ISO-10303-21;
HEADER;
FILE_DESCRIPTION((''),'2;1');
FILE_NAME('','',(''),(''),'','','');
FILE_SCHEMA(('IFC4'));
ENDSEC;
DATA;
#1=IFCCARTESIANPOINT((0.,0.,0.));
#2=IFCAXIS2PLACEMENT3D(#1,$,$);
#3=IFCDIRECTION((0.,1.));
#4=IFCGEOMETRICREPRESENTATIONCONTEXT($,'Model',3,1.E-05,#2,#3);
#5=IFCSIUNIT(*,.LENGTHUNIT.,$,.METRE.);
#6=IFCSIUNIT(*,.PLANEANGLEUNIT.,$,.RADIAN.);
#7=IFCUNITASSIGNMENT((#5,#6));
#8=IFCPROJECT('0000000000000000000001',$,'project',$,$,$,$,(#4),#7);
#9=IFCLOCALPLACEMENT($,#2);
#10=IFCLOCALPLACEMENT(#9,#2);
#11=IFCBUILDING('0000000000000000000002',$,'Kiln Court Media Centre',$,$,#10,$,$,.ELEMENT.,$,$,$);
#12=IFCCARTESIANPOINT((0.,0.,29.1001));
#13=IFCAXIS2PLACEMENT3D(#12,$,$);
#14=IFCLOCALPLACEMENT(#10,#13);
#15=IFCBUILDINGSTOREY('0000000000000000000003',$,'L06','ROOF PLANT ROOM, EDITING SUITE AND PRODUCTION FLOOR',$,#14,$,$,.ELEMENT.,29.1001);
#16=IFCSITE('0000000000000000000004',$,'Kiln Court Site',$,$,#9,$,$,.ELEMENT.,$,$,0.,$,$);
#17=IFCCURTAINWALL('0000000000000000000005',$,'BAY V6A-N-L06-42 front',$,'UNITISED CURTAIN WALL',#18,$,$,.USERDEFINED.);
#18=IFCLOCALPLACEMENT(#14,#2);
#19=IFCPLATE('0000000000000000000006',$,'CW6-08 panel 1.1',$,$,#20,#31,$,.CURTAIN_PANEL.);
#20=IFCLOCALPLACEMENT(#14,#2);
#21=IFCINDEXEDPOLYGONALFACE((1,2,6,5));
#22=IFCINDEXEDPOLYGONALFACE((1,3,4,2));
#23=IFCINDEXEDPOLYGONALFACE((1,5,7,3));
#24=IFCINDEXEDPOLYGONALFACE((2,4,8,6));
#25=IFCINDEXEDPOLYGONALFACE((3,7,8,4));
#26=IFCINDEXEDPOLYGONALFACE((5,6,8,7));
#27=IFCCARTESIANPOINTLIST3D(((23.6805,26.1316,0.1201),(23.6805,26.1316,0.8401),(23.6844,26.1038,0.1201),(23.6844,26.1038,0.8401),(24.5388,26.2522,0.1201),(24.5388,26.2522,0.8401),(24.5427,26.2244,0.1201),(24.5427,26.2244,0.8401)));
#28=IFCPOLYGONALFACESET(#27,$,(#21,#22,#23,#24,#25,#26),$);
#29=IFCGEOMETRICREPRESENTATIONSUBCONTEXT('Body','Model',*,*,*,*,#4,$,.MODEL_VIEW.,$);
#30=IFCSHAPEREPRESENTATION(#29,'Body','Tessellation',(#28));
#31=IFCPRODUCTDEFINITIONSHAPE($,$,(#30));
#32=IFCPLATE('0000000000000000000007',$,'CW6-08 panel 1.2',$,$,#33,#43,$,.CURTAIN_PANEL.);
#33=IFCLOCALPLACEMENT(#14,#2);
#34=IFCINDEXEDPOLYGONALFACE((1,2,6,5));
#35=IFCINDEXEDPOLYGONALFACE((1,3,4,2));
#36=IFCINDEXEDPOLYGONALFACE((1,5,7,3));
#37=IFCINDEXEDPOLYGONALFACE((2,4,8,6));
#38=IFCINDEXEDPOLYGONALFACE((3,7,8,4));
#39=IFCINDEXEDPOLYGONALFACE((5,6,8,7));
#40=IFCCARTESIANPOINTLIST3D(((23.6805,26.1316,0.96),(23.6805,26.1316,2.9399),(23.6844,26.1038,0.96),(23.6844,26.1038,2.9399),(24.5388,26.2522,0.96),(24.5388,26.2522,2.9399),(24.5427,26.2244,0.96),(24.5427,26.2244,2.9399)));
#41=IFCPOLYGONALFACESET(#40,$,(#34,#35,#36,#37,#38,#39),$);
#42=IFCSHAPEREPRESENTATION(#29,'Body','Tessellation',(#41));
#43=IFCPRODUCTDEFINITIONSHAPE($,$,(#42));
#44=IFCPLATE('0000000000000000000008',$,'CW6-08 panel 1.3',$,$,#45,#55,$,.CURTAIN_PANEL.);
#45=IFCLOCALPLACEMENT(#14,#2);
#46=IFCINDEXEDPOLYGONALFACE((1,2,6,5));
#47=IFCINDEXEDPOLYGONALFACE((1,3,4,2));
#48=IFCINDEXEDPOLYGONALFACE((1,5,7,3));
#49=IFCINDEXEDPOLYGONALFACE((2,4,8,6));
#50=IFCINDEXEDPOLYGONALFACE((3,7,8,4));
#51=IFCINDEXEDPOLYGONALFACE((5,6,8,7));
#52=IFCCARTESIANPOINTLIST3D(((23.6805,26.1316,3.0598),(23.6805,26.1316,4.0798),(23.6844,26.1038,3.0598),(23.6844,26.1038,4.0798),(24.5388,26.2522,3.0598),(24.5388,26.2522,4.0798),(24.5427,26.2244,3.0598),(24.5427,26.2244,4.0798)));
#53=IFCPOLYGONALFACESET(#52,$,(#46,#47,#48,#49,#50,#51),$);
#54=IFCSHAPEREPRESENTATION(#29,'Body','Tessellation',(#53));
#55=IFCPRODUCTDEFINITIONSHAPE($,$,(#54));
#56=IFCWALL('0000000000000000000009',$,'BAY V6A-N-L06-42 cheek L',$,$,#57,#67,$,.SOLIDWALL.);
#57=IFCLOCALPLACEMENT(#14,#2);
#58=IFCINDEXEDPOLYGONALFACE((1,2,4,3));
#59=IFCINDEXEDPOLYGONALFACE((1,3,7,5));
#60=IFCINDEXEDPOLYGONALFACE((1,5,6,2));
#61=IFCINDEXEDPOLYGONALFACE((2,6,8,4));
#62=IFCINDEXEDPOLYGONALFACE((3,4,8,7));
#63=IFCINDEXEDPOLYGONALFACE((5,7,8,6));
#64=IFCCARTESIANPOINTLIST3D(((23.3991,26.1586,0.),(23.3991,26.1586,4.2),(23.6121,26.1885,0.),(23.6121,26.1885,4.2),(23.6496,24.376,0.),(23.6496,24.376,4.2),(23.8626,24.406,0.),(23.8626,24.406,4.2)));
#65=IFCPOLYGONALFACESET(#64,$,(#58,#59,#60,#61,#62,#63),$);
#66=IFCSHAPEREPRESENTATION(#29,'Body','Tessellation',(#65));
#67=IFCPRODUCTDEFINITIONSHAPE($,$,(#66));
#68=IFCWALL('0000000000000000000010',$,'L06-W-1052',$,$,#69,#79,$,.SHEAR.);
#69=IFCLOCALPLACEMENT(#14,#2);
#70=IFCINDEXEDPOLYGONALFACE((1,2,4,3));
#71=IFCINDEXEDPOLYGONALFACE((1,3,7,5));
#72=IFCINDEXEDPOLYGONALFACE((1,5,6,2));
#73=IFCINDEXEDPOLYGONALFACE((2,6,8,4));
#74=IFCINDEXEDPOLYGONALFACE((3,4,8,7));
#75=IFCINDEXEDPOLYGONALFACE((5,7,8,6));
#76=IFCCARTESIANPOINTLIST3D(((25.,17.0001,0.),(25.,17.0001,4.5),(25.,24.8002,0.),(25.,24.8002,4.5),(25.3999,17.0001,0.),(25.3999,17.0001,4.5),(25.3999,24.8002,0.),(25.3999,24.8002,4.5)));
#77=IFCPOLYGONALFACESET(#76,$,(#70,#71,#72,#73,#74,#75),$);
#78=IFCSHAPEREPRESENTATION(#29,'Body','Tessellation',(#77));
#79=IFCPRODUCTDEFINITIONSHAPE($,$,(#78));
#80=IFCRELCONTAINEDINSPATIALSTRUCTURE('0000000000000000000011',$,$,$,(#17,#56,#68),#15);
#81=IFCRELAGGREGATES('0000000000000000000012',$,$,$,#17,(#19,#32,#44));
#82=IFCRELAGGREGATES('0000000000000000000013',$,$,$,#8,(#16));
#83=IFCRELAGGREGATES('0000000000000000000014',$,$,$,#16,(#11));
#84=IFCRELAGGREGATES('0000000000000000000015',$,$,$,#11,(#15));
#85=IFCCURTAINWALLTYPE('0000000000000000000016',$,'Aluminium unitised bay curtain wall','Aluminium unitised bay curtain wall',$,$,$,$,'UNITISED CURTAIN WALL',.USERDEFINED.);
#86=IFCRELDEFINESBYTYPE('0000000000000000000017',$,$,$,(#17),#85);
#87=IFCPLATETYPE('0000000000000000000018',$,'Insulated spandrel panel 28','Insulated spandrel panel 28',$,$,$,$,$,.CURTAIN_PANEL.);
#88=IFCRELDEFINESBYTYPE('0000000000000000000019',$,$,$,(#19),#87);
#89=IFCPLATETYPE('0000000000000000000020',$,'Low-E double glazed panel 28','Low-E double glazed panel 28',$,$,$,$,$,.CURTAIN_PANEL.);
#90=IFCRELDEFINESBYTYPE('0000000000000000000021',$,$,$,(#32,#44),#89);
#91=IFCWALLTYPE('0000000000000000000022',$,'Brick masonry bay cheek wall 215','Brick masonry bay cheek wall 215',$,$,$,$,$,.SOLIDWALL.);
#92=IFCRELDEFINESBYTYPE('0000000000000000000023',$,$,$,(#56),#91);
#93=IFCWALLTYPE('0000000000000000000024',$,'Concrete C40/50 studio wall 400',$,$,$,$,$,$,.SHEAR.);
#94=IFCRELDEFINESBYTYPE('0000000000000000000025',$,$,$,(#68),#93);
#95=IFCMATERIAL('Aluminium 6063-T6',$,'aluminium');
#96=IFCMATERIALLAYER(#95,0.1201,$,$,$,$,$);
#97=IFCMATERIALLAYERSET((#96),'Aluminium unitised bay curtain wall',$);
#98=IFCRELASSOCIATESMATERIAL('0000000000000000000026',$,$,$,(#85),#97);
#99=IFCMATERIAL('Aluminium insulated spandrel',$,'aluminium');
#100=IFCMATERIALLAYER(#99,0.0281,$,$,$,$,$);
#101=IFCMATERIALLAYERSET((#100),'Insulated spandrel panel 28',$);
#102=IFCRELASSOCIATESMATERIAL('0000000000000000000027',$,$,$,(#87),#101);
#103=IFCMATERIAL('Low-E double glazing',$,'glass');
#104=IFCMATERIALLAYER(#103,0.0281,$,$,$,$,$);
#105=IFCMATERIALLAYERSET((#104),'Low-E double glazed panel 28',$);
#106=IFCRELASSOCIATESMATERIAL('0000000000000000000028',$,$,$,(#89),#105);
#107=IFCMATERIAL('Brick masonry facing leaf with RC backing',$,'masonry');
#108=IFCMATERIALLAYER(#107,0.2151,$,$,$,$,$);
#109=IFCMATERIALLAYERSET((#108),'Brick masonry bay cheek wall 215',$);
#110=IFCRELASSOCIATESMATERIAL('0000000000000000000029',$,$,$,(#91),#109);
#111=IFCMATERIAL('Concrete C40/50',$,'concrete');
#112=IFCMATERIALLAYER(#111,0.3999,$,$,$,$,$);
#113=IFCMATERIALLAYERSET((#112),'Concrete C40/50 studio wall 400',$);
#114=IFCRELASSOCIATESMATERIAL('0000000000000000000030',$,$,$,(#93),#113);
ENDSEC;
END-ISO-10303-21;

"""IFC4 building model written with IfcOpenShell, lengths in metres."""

from ifc_helpers import new_model, si_unit, direction, frame, frame_2d, origin, origin_2d, place, context, subcontext, project, spatial, rectangle, extrude, material, layer, layer_set, type_object, element, aggregate, save


model = new_model("IFC4")

# Units and contexts
model_context = context("Model", 3, precision=1e-05, world=origin(), true_north=direction((0.0, 1.0)))
body_context = subcontext(model_context, "Body", "Model", "MODEL_VIEW")
ifc_project = project(units=[si_unit("LENGTHUNIT", "METRE"), si_unit("PLANEANGLEUNIT", "RADIAN")], contexts=[model_context])

# Site, building, storey
site_placement = place(None, origin())
site = spatial("IfcSite", under=ifc_project, at=site_placement, Name="Kiln Court Site", CompositionType="ELEMENT", RefElevation=0.0)
building_placement = place(site_placement, origin())
building = spatial("IfcBuilding", under=site, at=building_placement, Name="Kiln Court Media Centre", CompositionType="ELEMENT")
storey_placement = place(building_placement, frame((0.0, 0.0, 29.1001)))
storey = spatial("IfcBuildingStorey", under=building, at=storey_placement, Name="L06", Description="ROOF PLANT ROOM, EDITING SUITE AND PRODUCTION FLOOR", CompositionType="ELEMENT", Elevation=29.1001)

# Shared definitions
ifc_material_1 = material(Name="Aluminium 6063-T6", Category="aluminium")
ifc_layer_1 = layer(ifc_material_1, 0.1201)
ifc_layer_set_1 = layer_set([ifc_layer_1], Name="Aluminium unitised bay curtain wall")
curtain_wall_type = type_object("IfcCurtainWallType", Name="Aluminium unitised bay curtain wall", Description="Aluminium unitised bay curtain wall", ElementType="UNITISED CURTAIN WALL", PredefinedType="USERDEFINED", material=ifc_layer_set_1)

# Curtain wall
curtain_wall_1_placement = place(storey_placement, origin())
curtain_wall_1 = element("IfcCurtainWall", 1, at=curtain_wall_1_placement, inside=storey, type_object=curtain_wall_type, Name="BAY V6A-N-L06-42 front", ObjectType="UNITISED CURTAIN WALL", PredefinedType="USERDEFINED")

# Plates
ifc_material_2 = material(Name="Aluminium insulated spandrel", Category="aluminium")
ifc_layer_2 = layer(ifc_material_2, 0.0281)
ifc_layer_set_2 = layer_set([ifc_layer_2], Name="Insulated spandrel panel 28")
plate_type_1 = type_object("IfcPlateType", Name="Insulated spandrel panel 28", Description="Insulated spandrel panel 28", PredefinedType="CURTAIN_PANEL", material=ifc_layer_set_2)
plate_1_placement = place(storey_placement, frame((24.1116, 26.178, 0.1201), z_axis=(0.0, 0.0, 1.0), x_axis=(0.99027, 0.139162, 0.0)))
plate_1 = element("IfcPlate", 2, at=plate_1_placement, type_object=plate_type_1, Name="CW6-08 panel 1.1", PredefinedType="CURTAIN_PANEL", context=body_context, shape_type="SweptSolid", body=[
    extrude(rectangle(XDim=0.8667, YDim=0.0281, at=origin_2d()), origin(), (0.0, 0.0, 1.0), 0.72),
])
ifc_material_3 = material(Name="Low-E double glazing", Category="glass")
ifc_layer_3 = layer(ifc_material_3, 0.0281)
ifc_layer_set_3 = layer_set([ifc_layer_3], Name="Low-E double glazed panel 28")
plate_type_2 = type_object("IfcPlateType", Name="Low-E double glazed panel 28", Description="Low-E double glazed panel 28", PredefinedType="CURTAIN_PANEL", material=ifc_layer_set_3)
plate_2_placement = place(storey_placement, frame((24.1116, 26.178, 0.96), z_axis=(0.0, 0.0, 1.0), x_axis=(0.99027, 0.139162, 0.0)))
plate_2 = element("IfcPlate", 3, at=plate_2_placement, type_object=plate_type_2, Name="CW6-08 panel 1.2", PredefinedType="CURTAIN_PANEL", context=body_context, shape_type="SweptSolid", body=[
    extrude(rectangle(XDim=0.8667, YDim=0.0281, at=origin_2d()), origin(), (0.0, 0.0, 1.0), 1.98),
])
plate_3_placement = place(storey_placement, frame((24.1116, 26.178, 3.0598), z_axis=(0.0, 0.0, 1.0), x_axis=(0.99027, 0.139162, 0.0)))
plate_3 = element("IfcPlate", 4, at=plate_3_placement, type_object=plate_type_2, Name="CW6-08 panel 1.3", PredefinedType="CURTAIN_PANEL", context=body_context, shape_type="SweptSolid", body=[
    extrude(rectangle(XDim=0.8667, YDim=0.0281, at=origin_2d()), origin(), (0.0, 0.0, 1.0), 1.02),
])
aggregate(curtain_wall_1, [plate_1, plate_2, plate_3])

# Walls
ifc_material_4 = material(Name="Brick masonry facing leaf with RC backing", Category="masonry")
ifc_layer_4 = layer(ifc_material_4, 0.2151)
ifc_layer_set_4 = layer_set([ifc_layer_4], Name="Brick masonry bay cheek wall 215")
wall_type_1 = type_object("IfcWallType", Name="Brick masonry bay cheek wall 215", Description="Brick masonry bay cheek wall 215", PredefinedType="SOLIDWALL", material=ifc_layer_set_4)
wall_1_placement = place(storey_placement, frame((23.7561, 24.3911, 0.0), z_axis=(0.0, 0.0, 1.0), x_axis=(-0.139161, 0.99027, 0.0)))
element("IfcWall", 5, at=wall_1_placement, inside=storey, type_object=wall_type_1, Name="BAY V6A-N-L06-42 cheek L", PredefinedType="SOLIDWALL", context=body_context, shape_type="SweptSolid", body=[
    extrude(rectangle(XDim=1.8, YDim=0.2151, at=frame_2d((0.8999, 0.0))), origin(), (0.0, 0.0, 1.0), 4.2),
])
ifc_material_5 = material(Name="Concrete C40/50", Category="concrete")
ifc_layer_5 = layer(ifc_material_5, 0.3999)
ifc_layer_set_5 = layer_set([ifc_layer_5], Name="Concrete C40/50 studio wall 400")
wall_type_2 = type_object("IfcWallType", Name="Concrete C40/50 studio wall 400", PredefinedType="SHEAR", material=ifc_layer_set_5)
wall_2_placement = place(storey_placement, frame((25.2, 24.8, 0.0), z_axis=(0.0, 0.0, 1.0), x_axis=(0.0, -1.0, 0.0)))
element("IfcWall", 6, at=wall_2_placement, inside=storey, type_object=wall_type_2, Name="L06-W-1052", PredefinedType="SHEAR", context=body_context, shape_type="SweptSolid", body=[
    extrude(rectangle(XDim=7.8, YDim=0.3999, at=frame_2d((3.8999, 0.0))), origin(), (0.0, 0.0, 1.0), 4.5),
])

save(model, "model.ifc")
